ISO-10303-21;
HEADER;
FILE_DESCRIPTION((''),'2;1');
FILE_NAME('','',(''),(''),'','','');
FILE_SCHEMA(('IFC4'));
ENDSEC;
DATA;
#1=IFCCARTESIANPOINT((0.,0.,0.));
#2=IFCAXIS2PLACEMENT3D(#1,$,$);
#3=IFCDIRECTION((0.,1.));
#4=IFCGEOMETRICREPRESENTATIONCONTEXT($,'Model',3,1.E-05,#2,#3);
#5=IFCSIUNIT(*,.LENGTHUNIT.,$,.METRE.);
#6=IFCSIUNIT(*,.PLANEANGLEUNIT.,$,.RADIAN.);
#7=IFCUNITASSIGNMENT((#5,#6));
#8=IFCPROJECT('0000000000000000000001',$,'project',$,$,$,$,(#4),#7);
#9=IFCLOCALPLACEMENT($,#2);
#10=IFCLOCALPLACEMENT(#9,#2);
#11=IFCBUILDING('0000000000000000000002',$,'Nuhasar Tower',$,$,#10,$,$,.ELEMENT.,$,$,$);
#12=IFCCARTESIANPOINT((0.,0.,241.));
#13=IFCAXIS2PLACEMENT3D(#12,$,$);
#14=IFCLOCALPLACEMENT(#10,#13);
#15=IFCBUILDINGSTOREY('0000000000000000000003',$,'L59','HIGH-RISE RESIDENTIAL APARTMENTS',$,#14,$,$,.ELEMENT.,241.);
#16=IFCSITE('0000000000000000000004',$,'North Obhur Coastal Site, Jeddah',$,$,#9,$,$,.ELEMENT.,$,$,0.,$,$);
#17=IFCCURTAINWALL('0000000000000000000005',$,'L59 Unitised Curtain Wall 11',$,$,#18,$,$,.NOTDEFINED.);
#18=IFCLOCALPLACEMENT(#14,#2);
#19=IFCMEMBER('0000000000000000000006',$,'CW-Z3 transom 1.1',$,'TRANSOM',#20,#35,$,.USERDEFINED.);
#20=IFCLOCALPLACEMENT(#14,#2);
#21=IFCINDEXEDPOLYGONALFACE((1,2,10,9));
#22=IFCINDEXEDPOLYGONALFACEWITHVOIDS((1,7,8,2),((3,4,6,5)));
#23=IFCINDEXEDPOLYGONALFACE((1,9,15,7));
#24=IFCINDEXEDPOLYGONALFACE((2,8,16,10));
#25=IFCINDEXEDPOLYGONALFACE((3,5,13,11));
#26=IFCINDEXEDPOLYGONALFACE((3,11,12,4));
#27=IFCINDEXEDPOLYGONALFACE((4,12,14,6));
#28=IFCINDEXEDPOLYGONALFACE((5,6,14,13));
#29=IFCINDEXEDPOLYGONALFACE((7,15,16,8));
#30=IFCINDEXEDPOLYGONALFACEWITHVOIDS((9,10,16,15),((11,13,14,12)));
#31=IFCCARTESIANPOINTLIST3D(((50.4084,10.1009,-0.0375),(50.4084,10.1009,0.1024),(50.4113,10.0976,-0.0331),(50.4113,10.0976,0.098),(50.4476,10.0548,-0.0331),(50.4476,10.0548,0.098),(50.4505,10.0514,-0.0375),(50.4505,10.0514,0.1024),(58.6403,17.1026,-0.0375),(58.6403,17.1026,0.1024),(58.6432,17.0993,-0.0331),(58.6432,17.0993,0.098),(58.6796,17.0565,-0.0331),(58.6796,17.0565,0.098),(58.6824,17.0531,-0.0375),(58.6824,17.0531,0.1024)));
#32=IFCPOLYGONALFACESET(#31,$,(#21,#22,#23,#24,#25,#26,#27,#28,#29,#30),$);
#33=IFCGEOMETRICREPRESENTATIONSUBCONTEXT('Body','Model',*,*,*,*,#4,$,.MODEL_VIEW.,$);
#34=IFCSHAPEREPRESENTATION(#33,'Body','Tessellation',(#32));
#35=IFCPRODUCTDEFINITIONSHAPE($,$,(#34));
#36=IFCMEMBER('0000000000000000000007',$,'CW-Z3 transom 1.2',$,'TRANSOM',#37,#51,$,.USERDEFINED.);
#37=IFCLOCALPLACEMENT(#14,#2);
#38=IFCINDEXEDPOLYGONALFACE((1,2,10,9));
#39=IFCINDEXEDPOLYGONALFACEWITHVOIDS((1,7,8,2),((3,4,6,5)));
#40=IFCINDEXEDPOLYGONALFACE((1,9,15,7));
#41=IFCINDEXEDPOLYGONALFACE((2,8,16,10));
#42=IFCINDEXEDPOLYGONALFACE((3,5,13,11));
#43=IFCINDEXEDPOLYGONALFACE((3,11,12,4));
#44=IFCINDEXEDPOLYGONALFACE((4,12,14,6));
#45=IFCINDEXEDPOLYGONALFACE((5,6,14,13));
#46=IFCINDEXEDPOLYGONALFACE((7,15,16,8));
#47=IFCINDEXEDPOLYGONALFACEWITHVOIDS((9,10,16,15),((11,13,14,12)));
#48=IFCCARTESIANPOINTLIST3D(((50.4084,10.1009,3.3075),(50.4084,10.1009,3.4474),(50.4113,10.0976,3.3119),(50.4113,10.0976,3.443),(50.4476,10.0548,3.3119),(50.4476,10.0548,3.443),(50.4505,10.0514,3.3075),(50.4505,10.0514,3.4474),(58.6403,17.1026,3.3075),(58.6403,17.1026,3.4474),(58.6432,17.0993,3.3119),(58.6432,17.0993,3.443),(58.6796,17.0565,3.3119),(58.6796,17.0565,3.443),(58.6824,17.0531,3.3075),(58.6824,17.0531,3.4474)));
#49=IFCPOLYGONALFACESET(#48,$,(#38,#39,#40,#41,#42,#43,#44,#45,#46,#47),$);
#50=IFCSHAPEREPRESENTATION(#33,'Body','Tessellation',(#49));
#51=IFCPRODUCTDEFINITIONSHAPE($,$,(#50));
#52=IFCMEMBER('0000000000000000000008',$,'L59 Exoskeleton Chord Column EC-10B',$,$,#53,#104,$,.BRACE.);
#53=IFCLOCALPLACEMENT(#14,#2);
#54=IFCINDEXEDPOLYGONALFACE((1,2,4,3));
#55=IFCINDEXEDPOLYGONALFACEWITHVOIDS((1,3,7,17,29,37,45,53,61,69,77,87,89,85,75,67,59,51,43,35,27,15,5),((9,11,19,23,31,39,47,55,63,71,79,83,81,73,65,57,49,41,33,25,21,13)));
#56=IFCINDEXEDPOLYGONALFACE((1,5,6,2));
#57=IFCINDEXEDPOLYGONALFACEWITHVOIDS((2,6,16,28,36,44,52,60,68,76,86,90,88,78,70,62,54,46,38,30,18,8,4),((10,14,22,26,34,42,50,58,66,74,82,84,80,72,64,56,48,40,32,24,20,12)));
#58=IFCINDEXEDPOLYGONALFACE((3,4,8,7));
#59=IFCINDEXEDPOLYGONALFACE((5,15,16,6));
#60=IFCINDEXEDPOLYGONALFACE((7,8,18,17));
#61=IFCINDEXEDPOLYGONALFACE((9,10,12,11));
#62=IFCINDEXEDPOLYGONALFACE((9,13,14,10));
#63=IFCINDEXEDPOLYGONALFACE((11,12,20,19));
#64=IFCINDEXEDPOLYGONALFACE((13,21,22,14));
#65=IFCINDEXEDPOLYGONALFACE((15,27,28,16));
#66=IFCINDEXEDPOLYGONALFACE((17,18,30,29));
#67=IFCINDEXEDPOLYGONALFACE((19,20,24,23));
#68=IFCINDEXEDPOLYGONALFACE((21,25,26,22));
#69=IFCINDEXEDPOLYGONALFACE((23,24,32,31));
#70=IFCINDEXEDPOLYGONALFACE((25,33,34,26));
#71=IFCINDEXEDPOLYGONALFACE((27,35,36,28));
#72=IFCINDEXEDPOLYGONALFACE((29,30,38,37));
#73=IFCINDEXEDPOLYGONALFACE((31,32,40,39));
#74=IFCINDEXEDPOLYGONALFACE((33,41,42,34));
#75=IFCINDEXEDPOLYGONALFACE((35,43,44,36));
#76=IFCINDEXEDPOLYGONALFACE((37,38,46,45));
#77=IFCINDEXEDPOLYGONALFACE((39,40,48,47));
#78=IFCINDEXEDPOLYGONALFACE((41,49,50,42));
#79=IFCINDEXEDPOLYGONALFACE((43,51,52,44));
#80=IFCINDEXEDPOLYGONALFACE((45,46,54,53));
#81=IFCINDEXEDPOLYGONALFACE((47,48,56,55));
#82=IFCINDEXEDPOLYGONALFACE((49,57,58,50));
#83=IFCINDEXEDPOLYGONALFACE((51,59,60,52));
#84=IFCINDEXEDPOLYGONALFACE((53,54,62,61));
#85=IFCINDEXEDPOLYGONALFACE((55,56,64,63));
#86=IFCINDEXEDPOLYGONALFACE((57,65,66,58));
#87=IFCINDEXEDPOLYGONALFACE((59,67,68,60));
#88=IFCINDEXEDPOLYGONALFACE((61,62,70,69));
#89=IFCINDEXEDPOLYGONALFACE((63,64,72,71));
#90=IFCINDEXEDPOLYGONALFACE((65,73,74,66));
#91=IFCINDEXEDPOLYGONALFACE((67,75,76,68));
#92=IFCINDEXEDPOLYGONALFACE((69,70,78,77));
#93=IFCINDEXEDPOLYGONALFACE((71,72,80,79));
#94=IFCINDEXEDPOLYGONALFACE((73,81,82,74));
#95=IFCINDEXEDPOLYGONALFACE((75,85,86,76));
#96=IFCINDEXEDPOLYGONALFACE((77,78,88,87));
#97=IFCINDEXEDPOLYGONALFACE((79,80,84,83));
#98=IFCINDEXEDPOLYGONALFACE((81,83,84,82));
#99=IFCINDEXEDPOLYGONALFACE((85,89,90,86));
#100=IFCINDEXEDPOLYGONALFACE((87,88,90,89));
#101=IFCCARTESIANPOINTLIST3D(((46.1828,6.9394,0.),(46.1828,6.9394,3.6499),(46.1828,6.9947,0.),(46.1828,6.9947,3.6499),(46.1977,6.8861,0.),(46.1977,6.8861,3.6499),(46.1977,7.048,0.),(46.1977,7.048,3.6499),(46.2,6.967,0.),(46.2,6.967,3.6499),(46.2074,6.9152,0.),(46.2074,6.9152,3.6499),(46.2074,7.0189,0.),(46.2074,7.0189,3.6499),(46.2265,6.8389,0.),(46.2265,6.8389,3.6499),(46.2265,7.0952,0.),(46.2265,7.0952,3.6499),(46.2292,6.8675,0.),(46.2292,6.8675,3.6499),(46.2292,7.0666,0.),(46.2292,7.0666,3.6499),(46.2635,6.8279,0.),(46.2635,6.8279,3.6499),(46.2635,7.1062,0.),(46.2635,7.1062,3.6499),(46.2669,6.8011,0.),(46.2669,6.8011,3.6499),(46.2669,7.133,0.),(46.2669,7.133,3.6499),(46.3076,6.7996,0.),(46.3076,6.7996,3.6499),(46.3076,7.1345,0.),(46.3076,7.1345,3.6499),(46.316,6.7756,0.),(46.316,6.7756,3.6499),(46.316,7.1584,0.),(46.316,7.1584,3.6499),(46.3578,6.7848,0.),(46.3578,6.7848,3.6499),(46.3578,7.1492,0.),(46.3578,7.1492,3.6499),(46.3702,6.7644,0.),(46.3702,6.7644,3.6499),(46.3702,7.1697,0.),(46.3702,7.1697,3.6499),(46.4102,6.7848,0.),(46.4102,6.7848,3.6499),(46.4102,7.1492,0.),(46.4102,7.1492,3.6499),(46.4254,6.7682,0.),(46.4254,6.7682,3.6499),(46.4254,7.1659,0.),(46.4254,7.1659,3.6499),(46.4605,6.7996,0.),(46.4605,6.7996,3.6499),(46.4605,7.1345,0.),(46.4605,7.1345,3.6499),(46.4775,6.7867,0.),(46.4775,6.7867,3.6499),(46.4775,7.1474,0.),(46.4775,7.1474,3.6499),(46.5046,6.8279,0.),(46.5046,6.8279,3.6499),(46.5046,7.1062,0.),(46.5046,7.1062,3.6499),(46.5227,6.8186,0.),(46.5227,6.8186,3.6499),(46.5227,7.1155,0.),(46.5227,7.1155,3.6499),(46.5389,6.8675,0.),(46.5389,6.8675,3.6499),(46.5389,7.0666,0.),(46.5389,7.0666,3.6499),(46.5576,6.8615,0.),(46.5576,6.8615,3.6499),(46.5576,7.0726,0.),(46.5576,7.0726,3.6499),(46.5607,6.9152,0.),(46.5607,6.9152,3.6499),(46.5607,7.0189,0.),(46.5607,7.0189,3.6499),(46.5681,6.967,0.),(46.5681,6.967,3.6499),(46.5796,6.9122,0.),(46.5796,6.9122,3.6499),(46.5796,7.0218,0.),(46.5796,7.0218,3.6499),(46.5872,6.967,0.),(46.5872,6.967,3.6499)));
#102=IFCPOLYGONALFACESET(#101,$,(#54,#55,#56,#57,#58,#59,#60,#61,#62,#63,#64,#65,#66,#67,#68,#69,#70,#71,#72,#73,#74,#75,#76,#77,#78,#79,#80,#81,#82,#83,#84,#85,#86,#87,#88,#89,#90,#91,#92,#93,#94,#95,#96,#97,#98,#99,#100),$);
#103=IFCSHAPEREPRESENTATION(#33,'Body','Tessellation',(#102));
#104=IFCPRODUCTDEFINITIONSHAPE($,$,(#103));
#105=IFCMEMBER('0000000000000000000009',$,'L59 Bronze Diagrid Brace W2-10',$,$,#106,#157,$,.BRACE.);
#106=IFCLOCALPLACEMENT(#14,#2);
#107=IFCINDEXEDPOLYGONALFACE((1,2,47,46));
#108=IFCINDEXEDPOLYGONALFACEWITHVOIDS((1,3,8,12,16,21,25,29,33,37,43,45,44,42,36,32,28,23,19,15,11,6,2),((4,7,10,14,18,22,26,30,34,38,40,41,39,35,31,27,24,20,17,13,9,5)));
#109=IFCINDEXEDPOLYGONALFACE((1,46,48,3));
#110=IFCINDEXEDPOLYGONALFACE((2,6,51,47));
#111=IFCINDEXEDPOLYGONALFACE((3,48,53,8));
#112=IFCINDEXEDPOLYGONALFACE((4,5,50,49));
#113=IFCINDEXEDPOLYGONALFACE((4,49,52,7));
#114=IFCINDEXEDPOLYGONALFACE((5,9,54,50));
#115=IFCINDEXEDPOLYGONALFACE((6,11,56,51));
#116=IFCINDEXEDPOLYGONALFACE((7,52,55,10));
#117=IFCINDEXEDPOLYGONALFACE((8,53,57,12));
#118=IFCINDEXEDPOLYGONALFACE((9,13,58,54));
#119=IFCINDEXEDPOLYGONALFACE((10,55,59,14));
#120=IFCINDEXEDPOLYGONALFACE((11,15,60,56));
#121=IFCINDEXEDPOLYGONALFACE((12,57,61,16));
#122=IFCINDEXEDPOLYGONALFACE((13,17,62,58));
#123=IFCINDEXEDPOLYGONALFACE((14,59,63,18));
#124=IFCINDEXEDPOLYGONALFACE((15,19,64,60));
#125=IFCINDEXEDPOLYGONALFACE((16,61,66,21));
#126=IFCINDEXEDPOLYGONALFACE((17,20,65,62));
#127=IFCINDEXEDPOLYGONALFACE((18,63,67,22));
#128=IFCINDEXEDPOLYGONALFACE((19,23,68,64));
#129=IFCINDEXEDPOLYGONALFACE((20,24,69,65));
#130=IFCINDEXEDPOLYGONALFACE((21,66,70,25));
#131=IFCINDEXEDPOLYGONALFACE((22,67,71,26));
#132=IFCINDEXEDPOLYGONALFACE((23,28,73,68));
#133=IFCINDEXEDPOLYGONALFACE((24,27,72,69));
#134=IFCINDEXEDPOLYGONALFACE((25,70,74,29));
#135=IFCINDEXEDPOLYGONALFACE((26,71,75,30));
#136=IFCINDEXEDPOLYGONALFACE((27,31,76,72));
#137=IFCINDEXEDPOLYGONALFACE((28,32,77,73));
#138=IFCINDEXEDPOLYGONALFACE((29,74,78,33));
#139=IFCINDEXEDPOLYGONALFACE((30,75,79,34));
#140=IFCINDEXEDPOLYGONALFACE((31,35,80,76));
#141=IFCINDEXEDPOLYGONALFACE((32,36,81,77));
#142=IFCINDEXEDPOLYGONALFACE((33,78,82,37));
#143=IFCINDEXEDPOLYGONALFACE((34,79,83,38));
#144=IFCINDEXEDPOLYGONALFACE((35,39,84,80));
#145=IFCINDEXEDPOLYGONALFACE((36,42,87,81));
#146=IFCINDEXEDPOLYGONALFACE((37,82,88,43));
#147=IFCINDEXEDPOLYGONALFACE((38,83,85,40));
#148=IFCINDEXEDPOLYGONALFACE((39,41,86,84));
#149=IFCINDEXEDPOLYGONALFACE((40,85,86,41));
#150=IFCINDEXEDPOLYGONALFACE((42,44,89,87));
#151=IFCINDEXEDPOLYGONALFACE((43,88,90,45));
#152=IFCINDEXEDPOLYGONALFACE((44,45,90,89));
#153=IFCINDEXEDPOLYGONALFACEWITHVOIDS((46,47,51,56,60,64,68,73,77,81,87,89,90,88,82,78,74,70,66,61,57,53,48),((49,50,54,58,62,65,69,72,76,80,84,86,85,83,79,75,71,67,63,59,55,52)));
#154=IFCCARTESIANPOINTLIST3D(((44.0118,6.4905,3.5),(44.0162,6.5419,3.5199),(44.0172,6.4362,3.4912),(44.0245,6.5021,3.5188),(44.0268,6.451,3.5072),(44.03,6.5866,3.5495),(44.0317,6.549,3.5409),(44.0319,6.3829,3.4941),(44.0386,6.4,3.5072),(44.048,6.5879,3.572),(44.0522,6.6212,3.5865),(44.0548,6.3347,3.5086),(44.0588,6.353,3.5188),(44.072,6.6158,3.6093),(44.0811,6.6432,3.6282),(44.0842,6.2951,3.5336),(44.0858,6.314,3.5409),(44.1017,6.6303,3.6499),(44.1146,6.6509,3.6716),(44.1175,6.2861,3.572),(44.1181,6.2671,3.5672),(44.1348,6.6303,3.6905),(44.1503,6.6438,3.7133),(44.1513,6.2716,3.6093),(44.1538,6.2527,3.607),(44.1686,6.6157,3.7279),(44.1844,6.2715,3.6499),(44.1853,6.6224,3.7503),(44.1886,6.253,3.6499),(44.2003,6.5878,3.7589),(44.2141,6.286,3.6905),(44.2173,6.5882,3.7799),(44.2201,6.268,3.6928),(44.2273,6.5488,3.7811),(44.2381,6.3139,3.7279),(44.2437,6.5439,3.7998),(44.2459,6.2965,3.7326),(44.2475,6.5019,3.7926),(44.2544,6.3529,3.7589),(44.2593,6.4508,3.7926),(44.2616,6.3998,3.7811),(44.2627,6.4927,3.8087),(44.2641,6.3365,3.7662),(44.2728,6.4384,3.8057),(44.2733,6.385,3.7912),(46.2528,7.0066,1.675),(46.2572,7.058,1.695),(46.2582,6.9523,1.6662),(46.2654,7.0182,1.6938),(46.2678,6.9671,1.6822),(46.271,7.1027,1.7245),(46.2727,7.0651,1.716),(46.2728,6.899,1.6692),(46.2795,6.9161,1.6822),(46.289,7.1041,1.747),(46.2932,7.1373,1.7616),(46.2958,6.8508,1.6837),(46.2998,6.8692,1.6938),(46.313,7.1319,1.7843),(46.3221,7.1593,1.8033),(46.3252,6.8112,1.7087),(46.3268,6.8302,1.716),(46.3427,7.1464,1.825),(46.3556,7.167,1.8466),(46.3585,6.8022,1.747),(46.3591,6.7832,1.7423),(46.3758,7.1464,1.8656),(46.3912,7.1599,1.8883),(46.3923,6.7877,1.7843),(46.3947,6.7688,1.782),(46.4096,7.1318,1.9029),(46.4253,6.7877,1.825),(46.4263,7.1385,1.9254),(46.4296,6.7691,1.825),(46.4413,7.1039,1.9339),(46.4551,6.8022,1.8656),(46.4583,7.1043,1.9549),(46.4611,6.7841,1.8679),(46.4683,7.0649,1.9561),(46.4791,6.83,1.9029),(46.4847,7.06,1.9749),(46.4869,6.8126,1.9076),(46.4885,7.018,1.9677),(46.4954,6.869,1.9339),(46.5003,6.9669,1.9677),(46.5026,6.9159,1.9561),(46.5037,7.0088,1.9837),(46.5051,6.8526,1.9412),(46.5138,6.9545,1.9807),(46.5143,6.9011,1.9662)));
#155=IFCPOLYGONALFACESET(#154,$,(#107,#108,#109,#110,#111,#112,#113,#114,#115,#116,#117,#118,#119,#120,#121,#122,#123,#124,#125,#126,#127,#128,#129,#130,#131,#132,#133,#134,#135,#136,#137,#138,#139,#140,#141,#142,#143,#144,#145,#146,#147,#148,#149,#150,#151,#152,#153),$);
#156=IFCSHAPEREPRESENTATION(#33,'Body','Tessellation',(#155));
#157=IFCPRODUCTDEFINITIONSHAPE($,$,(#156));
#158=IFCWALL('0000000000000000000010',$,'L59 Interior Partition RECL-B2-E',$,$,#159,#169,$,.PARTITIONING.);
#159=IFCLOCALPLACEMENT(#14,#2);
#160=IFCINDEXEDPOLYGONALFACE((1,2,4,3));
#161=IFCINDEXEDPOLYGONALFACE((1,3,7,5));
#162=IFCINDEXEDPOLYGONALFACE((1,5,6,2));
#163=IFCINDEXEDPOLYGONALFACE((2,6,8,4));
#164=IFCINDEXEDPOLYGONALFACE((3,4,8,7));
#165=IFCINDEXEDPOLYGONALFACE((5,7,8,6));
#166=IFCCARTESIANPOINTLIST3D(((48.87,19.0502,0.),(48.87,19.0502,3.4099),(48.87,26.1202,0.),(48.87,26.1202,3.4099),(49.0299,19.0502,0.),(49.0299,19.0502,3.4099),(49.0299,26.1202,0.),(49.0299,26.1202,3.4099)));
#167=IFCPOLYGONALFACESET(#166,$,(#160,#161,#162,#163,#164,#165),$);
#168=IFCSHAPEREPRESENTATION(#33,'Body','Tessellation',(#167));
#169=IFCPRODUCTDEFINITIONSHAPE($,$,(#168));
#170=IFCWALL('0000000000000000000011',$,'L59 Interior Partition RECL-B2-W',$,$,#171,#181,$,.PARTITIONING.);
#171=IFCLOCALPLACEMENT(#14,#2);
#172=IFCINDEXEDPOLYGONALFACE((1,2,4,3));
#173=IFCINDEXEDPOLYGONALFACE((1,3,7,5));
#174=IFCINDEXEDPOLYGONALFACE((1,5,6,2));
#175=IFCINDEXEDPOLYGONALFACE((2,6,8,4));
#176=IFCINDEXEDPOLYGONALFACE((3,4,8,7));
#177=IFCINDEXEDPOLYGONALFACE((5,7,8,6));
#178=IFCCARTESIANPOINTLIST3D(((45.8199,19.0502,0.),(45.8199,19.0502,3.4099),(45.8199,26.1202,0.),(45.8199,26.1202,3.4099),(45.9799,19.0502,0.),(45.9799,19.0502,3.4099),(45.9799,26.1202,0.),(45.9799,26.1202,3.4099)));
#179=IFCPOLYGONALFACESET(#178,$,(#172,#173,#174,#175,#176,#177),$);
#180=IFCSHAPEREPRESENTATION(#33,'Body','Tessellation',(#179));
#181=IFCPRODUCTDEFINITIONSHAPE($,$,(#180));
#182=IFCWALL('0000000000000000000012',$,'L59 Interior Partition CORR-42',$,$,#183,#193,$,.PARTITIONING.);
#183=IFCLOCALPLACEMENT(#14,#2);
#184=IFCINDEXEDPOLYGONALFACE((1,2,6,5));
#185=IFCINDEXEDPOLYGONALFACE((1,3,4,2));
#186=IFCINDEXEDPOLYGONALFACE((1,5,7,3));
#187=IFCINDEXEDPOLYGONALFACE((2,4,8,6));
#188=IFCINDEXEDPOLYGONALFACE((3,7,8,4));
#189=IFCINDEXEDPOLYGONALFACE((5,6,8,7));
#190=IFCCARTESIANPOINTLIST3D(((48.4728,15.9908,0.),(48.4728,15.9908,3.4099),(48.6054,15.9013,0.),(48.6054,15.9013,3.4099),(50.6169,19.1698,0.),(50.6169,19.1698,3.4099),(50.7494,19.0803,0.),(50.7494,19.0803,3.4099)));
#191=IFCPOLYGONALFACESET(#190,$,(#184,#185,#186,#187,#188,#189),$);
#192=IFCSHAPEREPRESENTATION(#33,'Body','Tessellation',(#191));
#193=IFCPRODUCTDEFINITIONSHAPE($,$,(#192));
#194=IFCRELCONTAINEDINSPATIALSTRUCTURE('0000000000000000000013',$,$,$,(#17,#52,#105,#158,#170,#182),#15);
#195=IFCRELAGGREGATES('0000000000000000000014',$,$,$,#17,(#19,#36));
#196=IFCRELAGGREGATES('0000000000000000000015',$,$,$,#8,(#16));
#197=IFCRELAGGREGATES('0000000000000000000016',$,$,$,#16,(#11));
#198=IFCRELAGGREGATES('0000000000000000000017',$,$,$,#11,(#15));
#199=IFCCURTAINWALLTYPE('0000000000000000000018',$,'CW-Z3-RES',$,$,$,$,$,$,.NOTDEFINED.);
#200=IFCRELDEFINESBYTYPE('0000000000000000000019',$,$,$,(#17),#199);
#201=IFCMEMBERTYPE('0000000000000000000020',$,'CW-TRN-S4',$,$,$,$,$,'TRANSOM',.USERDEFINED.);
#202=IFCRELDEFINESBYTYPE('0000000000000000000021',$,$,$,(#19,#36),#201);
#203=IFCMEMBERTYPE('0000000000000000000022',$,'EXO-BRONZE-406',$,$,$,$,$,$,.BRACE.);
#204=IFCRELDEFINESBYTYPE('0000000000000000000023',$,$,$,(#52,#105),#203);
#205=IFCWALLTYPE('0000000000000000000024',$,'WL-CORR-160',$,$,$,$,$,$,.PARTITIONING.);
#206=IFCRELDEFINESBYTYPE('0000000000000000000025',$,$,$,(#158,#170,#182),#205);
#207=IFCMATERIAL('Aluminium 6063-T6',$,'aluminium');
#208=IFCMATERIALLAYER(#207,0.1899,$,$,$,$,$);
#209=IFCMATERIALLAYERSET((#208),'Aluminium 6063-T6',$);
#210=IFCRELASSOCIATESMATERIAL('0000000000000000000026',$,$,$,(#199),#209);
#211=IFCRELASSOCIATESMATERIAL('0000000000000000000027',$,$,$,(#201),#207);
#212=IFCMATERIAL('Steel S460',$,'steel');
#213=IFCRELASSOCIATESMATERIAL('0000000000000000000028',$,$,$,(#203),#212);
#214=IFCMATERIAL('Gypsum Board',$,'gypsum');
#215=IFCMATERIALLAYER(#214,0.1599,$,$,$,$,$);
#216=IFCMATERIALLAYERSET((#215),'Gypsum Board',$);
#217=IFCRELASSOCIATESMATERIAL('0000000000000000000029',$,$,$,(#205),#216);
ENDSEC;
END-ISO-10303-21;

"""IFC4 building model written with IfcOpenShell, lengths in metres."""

from ifc_helpers import new_model, si_unit, direction, frame, frame_2d, origin, origin_2d, place, context, subcontext, project, spatial, rectangle, hollow_rectangle, hollow_circle, extrude, material, layer, layer_set, material_profile, profile_set, type_object, element, aggregate, save


model = new_model("IFC4")

# Units and contexts
model_context = context("Model", 3, precision=1e-05, world=origin(), true_north=direction((0.0, 1.0)))
body_context = subcontext(model_context, "Body", "Model", "MODEL_VIEW")
ifc_project = project(units=[si_unit("LENGTHUNIT", "METRE"), si_unit("PLANEANGLEUNIT", "RADIAN")], contexts=[model_context])

# Site, building, storey
site_placement = place(None, origin())
site = spatial("IfcSite", under=ifc_project, at=site_placement, Name="North Obhur Coastal Site, Jeddah", CompositionType="ELEMENT", RefElevation=0.0)
building_placement = place(site_placement, origin())
building = spatial("IfcBuilding", under=site, at=building_placement, Name="Nuhasar Tower", CompositionType="ELEMENT")
storey_placement = place(building_placement, frame((0.0, 0.0, 241.0)))
storey = spatial("IfcBuildingStorey", under=building, at=storey_placement, Name="L59", Description="HIGH-RISE RESIDENTIAL APARTMENTS", CompositionType="ELEMENT", Elevation=241.0)

# Shared definitions
ifc_material_1 = material(Name="Aluminium 6063-T6", Category="aluminium")
ifc_layer_1 = layer(ifc_material_1, 0.1899)
ifc_layer_set_1 = layer_set([ifc_layer_1], Name="Aluminium 6063-T6")
curtain_wall_type = type_object("IfcCurtainWallType", Name="CW-Z3-RES", PredefinedType="NOTDEFINED", material=ifc_layer_set_1)

# Curtain wall, members
curtain_wall_1_placement = place(storey_placement, origin())
curtain_wall_1 = element("IfcCurtainWall", 1, at=curtain_wall_1_placement, inside=storey, type_object=curtain_wall_type, Name="L59 Unitised Curtain Wall 11", PredefinedType="NOTDEFINED")
ifc_material_profile_1 = material_profile(ifc_material_1, hollow_rectangle(XDim=0.0649, YDim=0.1399, WallThickness=0.0044, at=origin_2d()), Name="CWT-4")
ifc_profile_set_1 = profile_set([ifc_material_profile_1], Name="Aluminium 6063-T6")
member_type_1 = type_object("IfcMemberType", Name="CW-TRN-S4", ElementType="TRANSOM", PredefinedType="USERDEFINED", material=ifc_profile_set_1)
member_1_placement = place(storey_placement, frame((50.4294, 10.0762, 0.0325), z_axis=(0.761731, 0.647894, 0.0), x_axis=(-0.647894, 0.761731, 0.0)))
member_1 = element("IfcMember", 2, at=member_1_placement, type_object=member_type_1, Name="CW-Z3 transom 1.1", ObjectType="TRANSOM", PredefinedType="USERDEFINED", context=body_context, shape_type="SweptSolid", body=[
    extrude(hollow_rectangle(XDim=0.0649, YDim=0.1399, WallThickness=0.0044, at=origin_2d()), origin(), (0.0, 0.0, 1.0), 10.8069),
])
member_2_placement = place(storey_placement, frame((50.4294, 10.0762, 3.3774), z_axis=(0.761731, 0.647894, 0.0), x_axis=(-0.647894, 0.761731, 0.0)))
member_2 = element("IfcMember", 3, at=member_2_placement, type_object=member_type_1, Name="CW-Z3 transom 1.2", ObjectType="TRANSOM", PredefinedType="USERDEFINED", context=body_context, shape_type="SweptSolid", body=[
    extrude(hollow_rectangle(XDim=0.0649, YDim=0.1399, WallThickness=0.0044, at=origin_2d()), origin(), (0.0, 0.0, 1.0), 10.8069),
])
aggregate(curtain_wall_1, [member_1, member_2])

# Members
ifc_material_2 = material(Name="Steel S460", Category="steel")
ifc_material_profile_2 = material_profile(ifc_material_2, hollow_circle(Radius=0.2031, WallThickness=0.019, at=origin_2d()), Name="HSS406.4X19.1")
ifc_profile_set_2 = profile_set([ifc_material_profile_2], Name="Steel S460")
member_type_2 = type_object("IfcMemberType", Name="EXO-BRONZE-406", PredefinedType="BRACE", material=ifc_profile_set_2)
member_3_placement = place(storey_placement, frame((46.384, 6.967, 0.0), z_axis=(0.0, 0.0, 1.0), x_axis=(1.0, 0.0, 0.0)))
element("IfcMember", 4, at=member_3_placement, inside=storey, type_object=member_type_2, Name="L59 Exoskeleton Chord Column EC-10B", PredefinedType="BRACE", context=body_context, shape_type="SweptSolid", body=[
    extrude(hollow_circle(Radius=0.2031, WallThickness=0.019, at=origin_2d()), origin(), (0.0, 0.0, 1.0), 3.6499),
])
member_4_placement = place(storey_placement, frame((46.384, 6.967, 1.825), z_axis=(-0.763332, -0.175802, 0.621626), x_axis=(0.224433, -0.97449, 0.0)))
element("IfcMember", 5, at=member_4_placement, inside=storey, type_object=member_type_2, Name="L59 Bronze Diagrid Brace W2-10", PredefinedType="BRACE", context=body_context, shape_type="SweptSolid", body=[
    extrude(hollow_circle(Radius=0.2031, WallThickness=0.019, at=origin_2d()), origin(), (0.0, 0.0, 1.0), 2.9358),
])

# Walls
ifc_material_3 = material(Name="Gypsum Board", Category="gypsum")
ifc_layer_2 = layer(ifc_material_3, 0.1599)
ifc_layer_set_2 = layer_set([ifc_layer_2], Name="Gypsum Board")
wall_type_1 = type_object("IfcWallType", Name="WL-CORR-160", PredefinedType="PARTITIONING", material=ifc_layer_set_2)
for number, where, z_axis, x_axis, name in (
    (6, (48.95, 19.05, 0.0), (0.0, 0.0, 1.0), (0.0, 1.0, 0.0), "L59 Interior Partition RECL-B2-E"),
    (7, (45.8999, 19.05, 0.0), (0.0, 0.0, 1.0), (0.0, 1.0, 0.0), "L59 Interior Partition RECL-B2-W"),
):
    element("IfcWall", number, at=place(storey_placement, frame(where, z_axis=z_axis, x_axis=x_axis)), inside=storey, type_object=wall_type_1, Name=name, PredefinedType="PARTITIONING", context=body_context, shape_type="SweptSolid", body=[
        extrude(rectangle(XDim=7.0701, YDim=0.1599, at=frame_2d((3.5352, 0.0))), origin(), (0.0, 0.0, 1.0), 3.4099),
    ])
wall_1_placement = place(storey_placement, frame((48.5391, 15.946, 0.0), z_axis=(0.0, 0.0, 1.0), x_axis=(0.559159, 0.82906, 0.0)))
element("IfcWall", 8, at=wall_1_placement, inside=storey, type_object=wall_type_1, Name="L59 Interior Partition CORR-42", PredefinedType="PARTITIONING", context=body_context, shape_type="SweptSolid", body=[
    extrude(rectangle(XDim=3.8345, YDim=0.1599, at=frame_2d((1.9172, 0.0))), origin(), (0.0, 0.0, 1.0), 3.4099),
])

save(model, "model.ifc")
